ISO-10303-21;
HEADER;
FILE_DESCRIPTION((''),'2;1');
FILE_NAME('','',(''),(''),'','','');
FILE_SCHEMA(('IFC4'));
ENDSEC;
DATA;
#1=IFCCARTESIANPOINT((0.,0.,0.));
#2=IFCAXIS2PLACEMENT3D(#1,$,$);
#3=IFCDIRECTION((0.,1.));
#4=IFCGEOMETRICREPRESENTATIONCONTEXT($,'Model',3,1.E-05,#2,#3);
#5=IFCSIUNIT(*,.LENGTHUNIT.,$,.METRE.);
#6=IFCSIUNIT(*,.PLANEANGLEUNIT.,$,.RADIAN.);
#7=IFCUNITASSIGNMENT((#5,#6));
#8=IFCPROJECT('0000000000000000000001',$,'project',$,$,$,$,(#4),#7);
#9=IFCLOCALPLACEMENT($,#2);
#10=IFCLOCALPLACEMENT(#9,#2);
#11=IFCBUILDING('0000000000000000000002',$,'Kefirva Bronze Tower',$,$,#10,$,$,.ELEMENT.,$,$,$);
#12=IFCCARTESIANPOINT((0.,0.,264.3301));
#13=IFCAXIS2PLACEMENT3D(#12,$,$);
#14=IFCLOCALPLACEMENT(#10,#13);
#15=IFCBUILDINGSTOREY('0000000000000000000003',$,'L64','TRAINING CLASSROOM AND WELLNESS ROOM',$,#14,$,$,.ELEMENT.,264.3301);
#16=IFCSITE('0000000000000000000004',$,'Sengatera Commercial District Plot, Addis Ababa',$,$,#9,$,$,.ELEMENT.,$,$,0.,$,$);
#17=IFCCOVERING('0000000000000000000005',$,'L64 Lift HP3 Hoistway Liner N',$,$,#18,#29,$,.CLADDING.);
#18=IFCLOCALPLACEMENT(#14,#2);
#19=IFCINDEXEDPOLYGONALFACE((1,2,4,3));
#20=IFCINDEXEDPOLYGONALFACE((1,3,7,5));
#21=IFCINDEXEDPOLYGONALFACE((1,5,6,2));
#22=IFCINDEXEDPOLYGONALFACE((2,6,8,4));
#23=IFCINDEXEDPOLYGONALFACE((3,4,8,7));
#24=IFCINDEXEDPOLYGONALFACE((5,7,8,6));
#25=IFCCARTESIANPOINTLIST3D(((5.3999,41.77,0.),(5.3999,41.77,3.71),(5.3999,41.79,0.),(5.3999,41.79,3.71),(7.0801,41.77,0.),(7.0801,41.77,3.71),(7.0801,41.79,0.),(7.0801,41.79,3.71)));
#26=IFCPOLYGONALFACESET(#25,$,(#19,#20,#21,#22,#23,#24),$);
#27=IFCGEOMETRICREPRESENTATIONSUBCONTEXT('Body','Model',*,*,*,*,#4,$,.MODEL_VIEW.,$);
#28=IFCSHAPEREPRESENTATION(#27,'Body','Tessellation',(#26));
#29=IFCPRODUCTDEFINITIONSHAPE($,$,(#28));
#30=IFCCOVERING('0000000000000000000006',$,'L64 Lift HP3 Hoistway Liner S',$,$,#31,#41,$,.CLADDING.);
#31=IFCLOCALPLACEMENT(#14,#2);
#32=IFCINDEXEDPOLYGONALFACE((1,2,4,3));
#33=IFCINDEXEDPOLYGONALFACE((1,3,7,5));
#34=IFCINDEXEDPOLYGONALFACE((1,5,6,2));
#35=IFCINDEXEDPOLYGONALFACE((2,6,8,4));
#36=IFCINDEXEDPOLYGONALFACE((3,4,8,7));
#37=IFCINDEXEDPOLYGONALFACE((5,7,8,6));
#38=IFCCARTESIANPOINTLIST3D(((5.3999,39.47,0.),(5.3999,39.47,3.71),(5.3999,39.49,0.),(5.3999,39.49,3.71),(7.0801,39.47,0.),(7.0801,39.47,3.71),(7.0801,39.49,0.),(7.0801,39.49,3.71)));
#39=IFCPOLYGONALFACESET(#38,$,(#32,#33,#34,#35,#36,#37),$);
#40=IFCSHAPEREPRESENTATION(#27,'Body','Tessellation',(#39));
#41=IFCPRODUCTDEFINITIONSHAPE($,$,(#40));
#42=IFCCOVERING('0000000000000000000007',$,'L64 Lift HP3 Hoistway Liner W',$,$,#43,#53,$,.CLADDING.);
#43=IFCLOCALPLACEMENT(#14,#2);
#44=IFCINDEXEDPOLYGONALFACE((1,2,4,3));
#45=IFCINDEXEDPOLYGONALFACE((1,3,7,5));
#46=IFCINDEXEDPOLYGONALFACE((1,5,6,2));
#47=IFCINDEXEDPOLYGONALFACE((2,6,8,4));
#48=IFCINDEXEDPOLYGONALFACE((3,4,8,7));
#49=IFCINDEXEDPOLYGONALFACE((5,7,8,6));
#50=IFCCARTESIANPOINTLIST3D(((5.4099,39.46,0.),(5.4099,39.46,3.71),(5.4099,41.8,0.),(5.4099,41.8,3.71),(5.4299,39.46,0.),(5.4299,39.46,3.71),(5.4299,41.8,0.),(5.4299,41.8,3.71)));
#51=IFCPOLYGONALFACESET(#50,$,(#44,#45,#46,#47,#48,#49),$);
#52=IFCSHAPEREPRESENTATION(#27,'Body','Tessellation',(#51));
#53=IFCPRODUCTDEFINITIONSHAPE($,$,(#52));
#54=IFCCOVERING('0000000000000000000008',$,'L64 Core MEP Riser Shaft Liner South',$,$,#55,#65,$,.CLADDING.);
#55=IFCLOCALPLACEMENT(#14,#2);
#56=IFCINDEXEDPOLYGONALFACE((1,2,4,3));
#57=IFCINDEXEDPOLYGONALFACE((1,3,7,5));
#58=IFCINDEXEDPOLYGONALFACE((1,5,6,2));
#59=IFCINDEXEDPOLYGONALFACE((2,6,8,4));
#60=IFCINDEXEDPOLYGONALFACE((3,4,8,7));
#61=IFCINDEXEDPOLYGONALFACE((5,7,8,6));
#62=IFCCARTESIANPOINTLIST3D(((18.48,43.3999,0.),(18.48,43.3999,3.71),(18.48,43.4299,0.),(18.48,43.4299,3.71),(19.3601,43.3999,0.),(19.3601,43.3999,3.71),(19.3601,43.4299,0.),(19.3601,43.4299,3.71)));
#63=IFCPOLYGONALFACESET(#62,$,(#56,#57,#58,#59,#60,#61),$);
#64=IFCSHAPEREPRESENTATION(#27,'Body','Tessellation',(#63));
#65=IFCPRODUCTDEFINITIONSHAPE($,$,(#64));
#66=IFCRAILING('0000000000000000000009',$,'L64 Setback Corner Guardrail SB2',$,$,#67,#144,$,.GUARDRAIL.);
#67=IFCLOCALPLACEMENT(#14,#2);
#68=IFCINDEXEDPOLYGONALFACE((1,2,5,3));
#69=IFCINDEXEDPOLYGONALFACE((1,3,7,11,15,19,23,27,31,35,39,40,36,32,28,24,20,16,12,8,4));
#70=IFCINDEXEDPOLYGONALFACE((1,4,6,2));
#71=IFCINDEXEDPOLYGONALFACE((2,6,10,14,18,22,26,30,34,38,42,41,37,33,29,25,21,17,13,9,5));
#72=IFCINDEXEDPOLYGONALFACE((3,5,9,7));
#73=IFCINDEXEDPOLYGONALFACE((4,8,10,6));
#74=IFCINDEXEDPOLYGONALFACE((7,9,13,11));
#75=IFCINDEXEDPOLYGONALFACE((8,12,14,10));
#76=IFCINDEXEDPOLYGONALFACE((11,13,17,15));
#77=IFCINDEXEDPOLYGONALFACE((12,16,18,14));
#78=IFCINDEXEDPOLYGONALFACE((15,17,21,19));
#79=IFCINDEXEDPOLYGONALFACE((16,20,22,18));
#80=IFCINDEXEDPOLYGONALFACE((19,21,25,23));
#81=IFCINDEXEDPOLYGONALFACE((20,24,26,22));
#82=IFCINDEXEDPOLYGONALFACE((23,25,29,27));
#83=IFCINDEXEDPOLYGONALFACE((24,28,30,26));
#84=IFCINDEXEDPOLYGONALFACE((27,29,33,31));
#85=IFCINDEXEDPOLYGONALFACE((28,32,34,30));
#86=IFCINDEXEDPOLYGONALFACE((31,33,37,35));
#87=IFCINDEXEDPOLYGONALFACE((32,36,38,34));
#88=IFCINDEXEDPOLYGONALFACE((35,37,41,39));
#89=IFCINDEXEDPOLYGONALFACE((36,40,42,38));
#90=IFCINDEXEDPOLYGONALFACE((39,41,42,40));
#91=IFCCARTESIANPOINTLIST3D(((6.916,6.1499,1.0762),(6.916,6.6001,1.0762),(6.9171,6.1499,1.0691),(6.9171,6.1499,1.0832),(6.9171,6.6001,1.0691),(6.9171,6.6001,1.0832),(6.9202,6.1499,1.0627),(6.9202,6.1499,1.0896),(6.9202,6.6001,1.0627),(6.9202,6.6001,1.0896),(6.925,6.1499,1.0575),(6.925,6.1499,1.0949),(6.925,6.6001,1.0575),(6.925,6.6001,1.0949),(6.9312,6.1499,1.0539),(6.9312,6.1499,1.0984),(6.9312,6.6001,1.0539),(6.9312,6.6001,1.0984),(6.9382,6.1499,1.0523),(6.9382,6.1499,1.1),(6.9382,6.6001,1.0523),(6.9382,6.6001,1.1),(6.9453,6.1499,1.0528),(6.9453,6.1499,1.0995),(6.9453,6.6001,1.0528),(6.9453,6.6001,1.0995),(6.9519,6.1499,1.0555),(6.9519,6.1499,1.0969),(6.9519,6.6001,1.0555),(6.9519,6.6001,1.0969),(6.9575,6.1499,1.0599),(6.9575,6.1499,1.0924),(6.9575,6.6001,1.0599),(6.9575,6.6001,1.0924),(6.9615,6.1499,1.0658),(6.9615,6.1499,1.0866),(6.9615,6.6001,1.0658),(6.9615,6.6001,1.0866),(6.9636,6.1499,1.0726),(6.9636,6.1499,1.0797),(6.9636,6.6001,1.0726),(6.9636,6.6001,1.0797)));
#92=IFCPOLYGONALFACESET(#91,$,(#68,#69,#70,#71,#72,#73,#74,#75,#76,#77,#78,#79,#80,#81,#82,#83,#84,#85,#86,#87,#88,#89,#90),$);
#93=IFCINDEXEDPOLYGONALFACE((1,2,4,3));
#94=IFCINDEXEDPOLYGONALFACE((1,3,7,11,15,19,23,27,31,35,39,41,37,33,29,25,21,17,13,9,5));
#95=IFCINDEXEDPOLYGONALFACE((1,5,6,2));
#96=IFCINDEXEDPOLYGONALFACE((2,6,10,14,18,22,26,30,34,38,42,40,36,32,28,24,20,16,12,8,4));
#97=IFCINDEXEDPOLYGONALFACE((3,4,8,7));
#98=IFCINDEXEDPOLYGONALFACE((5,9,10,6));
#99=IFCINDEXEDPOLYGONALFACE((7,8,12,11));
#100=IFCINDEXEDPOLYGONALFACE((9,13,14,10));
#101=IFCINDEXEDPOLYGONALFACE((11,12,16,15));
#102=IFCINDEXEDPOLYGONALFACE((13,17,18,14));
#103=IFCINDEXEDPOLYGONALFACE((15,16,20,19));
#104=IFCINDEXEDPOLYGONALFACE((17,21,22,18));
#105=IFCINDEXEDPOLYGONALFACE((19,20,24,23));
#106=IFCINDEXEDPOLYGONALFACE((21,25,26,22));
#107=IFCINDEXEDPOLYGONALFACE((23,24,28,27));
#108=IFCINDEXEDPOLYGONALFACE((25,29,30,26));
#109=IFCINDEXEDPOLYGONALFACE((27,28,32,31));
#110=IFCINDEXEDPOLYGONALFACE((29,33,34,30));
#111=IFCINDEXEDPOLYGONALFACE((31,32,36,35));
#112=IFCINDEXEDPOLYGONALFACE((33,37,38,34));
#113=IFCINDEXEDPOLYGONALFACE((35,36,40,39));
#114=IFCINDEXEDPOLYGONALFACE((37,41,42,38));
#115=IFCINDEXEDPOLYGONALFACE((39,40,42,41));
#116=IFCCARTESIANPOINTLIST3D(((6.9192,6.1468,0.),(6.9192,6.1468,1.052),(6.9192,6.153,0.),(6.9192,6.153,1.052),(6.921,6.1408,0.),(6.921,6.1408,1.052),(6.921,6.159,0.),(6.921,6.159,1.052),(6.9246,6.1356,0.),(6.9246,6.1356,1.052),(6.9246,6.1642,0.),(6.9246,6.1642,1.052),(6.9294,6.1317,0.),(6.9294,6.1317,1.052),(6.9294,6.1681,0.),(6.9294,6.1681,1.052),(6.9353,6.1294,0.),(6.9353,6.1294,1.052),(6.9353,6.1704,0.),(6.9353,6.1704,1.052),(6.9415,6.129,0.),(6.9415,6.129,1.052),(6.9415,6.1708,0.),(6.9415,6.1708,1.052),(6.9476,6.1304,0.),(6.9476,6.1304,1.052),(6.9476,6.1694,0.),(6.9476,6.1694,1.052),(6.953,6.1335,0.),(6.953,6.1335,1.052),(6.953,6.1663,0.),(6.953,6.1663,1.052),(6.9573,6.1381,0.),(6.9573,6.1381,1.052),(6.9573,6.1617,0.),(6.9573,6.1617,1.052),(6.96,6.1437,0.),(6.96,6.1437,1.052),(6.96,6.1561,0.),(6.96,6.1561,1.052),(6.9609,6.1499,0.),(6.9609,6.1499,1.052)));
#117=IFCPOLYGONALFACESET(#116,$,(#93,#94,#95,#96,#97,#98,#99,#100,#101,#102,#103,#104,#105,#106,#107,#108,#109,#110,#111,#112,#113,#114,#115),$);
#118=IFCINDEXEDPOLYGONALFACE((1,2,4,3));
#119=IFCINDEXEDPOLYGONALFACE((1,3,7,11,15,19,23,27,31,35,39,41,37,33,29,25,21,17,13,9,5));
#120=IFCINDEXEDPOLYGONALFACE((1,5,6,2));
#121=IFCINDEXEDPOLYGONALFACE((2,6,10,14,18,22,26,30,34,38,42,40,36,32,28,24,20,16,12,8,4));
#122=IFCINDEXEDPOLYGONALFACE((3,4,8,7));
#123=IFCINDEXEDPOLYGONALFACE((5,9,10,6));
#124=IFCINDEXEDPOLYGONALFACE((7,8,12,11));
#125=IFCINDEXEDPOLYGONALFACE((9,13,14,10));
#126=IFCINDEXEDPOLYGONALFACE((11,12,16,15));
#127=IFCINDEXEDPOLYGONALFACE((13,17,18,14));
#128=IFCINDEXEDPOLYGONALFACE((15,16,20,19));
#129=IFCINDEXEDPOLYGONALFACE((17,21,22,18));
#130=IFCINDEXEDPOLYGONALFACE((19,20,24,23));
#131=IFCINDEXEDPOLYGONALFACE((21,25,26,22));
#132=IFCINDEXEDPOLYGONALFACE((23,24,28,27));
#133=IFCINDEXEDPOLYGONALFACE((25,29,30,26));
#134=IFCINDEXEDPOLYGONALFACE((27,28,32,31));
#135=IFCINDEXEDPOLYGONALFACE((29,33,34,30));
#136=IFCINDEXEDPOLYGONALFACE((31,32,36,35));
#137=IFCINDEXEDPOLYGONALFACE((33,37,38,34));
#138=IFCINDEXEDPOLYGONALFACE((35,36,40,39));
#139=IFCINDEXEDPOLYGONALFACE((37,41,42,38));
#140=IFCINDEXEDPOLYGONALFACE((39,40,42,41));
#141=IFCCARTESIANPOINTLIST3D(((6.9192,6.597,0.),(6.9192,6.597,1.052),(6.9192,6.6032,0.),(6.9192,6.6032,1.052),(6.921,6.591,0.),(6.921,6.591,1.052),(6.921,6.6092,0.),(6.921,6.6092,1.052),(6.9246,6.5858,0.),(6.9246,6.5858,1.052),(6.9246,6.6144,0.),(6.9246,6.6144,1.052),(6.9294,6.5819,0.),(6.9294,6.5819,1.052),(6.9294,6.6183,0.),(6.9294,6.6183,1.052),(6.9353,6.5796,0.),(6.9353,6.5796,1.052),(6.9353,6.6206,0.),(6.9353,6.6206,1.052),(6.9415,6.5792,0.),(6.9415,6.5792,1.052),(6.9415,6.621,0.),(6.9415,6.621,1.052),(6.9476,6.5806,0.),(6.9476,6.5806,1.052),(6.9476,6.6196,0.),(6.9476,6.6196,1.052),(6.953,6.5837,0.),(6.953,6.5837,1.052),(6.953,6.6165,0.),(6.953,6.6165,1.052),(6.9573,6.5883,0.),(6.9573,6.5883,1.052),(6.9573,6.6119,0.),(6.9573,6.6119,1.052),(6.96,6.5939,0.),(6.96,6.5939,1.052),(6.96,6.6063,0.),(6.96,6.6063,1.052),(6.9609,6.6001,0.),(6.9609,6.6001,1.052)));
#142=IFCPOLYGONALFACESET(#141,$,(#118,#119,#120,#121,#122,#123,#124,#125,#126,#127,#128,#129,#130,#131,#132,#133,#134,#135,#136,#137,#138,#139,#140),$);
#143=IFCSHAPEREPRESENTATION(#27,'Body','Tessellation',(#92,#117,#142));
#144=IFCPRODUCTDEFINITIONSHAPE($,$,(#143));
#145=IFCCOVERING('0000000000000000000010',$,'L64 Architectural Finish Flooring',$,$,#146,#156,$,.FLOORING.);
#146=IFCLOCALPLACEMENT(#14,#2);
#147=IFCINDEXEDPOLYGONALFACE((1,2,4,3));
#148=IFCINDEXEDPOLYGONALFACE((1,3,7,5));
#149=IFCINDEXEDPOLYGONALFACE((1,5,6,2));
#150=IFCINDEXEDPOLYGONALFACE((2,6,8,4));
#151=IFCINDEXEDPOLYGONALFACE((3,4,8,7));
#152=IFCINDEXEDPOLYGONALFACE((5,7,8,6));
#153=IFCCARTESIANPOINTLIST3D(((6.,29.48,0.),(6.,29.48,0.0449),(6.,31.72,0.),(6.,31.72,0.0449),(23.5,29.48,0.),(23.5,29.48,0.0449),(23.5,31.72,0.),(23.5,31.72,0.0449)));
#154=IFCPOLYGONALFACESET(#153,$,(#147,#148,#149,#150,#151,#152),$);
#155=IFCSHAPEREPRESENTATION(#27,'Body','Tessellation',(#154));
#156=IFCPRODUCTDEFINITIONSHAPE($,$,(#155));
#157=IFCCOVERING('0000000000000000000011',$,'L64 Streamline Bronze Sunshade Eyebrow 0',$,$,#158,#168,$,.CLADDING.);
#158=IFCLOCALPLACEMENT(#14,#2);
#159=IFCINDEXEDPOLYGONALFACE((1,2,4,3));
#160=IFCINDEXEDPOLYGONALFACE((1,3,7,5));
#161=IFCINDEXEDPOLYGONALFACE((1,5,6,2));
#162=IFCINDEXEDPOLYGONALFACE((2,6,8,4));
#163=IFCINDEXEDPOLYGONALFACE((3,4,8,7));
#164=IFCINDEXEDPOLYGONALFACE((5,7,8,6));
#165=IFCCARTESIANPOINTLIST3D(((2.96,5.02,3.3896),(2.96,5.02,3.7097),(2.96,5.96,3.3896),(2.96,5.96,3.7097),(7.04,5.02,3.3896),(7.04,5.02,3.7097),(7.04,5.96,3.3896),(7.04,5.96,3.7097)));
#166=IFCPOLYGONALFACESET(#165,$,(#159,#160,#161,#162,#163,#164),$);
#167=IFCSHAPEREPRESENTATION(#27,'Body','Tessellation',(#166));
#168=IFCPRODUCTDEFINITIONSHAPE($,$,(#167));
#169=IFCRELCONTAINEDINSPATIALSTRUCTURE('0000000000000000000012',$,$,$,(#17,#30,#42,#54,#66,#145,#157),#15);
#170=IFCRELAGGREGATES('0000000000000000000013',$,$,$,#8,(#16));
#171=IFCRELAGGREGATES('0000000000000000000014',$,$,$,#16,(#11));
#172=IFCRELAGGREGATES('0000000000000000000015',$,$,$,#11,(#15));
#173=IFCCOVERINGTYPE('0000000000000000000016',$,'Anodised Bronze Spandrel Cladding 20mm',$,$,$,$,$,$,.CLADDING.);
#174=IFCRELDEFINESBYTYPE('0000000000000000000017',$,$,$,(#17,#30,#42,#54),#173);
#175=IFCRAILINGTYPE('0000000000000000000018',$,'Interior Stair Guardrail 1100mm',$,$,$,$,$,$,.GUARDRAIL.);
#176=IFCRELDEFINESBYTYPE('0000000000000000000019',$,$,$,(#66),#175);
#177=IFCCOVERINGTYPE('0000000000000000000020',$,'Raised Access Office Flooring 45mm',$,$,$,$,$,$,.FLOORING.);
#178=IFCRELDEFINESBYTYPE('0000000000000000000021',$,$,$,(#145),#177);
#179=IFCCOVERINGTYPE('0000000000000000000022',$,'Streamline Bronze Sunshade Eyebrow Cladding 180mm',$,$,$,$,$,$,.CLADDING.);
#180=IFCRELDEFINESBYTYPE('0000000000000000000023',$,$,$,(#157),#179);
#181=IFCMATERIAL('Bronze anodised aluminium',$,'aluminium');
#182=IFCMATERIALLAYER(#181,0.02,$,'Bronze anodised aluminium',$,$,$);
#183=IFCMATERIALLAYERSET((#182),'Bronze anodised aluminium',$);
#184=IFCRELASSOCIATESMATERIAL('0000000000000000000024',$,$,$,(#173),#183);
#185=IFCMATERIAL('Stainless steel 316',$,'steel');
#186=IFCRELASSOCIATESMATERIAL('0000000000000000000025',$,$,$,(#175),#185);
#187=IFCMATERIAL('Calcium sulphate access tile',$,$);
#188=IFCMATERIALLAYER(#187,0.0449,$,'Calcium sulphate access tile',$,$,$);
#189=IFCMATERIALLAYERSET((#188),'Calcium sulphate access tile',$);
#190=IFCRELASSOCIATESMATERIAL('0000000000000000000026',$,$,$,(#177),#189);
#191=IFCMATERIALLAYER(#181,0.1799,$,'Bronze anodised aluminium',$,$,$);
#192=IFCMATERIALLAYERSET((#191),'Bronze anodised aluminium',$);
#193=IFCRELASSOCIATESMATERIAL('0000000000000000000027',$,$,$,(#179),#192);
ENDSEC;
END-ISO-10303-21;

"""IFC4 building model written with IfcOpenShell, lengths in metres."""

from ifc_helpers import new_model, si_unit, direction, frame, origin, origin_2d, place, context, subcontext, project, spatial, polyline, rectangle, circle, outline, extrude, material, layer, layer_set, type_object, element, save


model = new_model("IFC4")

# Units and contexts
model_context = context("Model", 3, precision=1e-05, world=origin(), true_north=direction((0.0, 1.0)))
body_context = subcontext(model_context, "Body", "Model", "MODEL_VIEW")
ifc_project = project(units=[si_unit("LENGTHUNIT", "METRE"), si_unit("PLANEANGLEUNIT", "RADIAN")], contexts=[model_context])

# Site, building, storey
site_placement = place(None, origin())
site = spatial("IfcSite", under=ifc_project, at=site_placement, Name="Sengatera Commercial District Plot, Addis Ababa", CompositionType="ELEMENT", RefElevation=0.0)
building_placement = place(site_placement, origin())
building = spatial("IfcBuilding", under=site, at=building_placement, Name="Kefirva Bronze Tower", CompositionType="ELEMENT")
storey_placement = place(building_placement, frame((0.0, 0.0, 264.3301)))
storey = spatial("IfcBuildingStorey", under=building, at=storey_placement, Name="L64", Description="TRAINING CLASSROOM AND WELLNESS ROOM", CompositionType="ELEMENT", Elevation=264.3301)

# Coverings
ifc_material_1 = material(Name="Bronze anodised aluminium", Category="aluminium")
ifc_layer_1 = layer(ifc_material_1, 0.02, Name="Bronze anodised aluminium")
ifc_layer_set_1 = layer_set([ifc_layer_1], Name="Bronze anodised aluminium")
covering_type_1 = type_object("IfcCoveringType", Name="Anodised Bronze Spandrel Cladding 20mm", PredefinedType="CLADDING", material=ifc_layer_set_1)
covering_1_placement = place(storey_placement, origin())
element("IfcCovering", 1, at=covering_1_placement, inside=storey, type_object=covering_type_1, Name="L64 Lift HP3 Hoistway Liner N", PredefinedType="CLADDING", context=body_context, shape_type="SweptSolid", body=[
    extrude(outline(polyline([(5.3999, 41.77), (7.0801, 41.77), (7.0801, 41.79), (5.3999, 41.79), (5.3999, 41.77)])), origin(), (0.0, 0.0, 1.0), 3.71),
])
covering_2_placement = place(storey_placement, origin())
element("IfcCovering", 2, at=covering_2_placement, inside=storey, type_object=covering_type_1, Name="L64 Lift HP3 Hoistway Liner S", PredefinedType="CLADDING", context=body_context, shape_type="SweptSolid", body=[
    extrude(outline(polyline([(5.3999, 39.47), (7.0801, 39.47), (7.0801, 39.49), (5.3999, 39.49), (5.3999, 39.47)])), origin(), (0.0, 0.0, 1.0), 3.71),
])
covering_3_placement = place(storey_placement, origin())
element("IfcCovering", 3, at=covering_3_placement, inside=storey, type_object=covering_type_1, Name="L64 Lift HP3 Hoistway Liner W", PredefinedType="CLADDING", context=body_context, shape_type="SweptSolid", body=[
    extrude(outline(polyline([(5.4099, 39.46), (5.4299, 39.46), (5.4299, 41.8), (5.4099, 41.8), (5.4099, 39.46)])), origin(), (0.0, 0.0, 1.0), 3.71),
])
covering_4_placement = place(storey_placement, origin())
element("IfcCovering", 4, at=covering_4_placement, inside=storey, type_object=covering_type_1, Name="L64 Core MEP Riser Shaft Liner South", PredefinedType="CLADDING", context=body_context, shape_type="SweptSolid", body=[
    extrude(outline(polyline([(18.48, 43.3999), (19.3601, 43.3999), (19.3601, 43.4299), (18.48, 43.4299), (18.48, 43.3999)])), origin(), (0.0, 0.0, 1.0), 3.71),
])

# Railing
ifc_material_2 = material(Name="Stainless steel 316", Category="steel")
railing_type = type_object("IfcRailingType", Name="Interior Stair Guardrail 1100mm", PredefinedType="GUARDRAIL", material=ifc_material_2)
railing_placement = place(storey_placement, frame((6.9399, 6.1499, 0.0)))
element("IfcRailing", 5, at=railing_placement, inside=storey, type_object=railing_type, Name="L64 Setback Corner Guardrail SB2", PredefinedType="GUARDRAIL", context=body_context, shape_type="SweptSolid", body=[
    extrude(circle(Radius=0.0239, at=origin_2d()), frame((0.0, 0.0, 1.0762), z_axis=(0.0, 1.0, 0.0), x_axis=(-1.0, 0.0, 0.0)), (0.0, 0.0, 1.0), 0.4502),
    extrude(circle(Radius=0.021, at=origin_2d()), origin(), (0.0, 0.0, 1.0), 1.052),
    extrude(circle(Radius=0.021, at=origin_2d()), frame((0.0, 0.4502, 0.0)), (0.0, 0.0, 1.0), 1.052),
])

# Coverings
ifc_material_3 = material(Name="Calcium sulphate access tile")
ifc_layer_2 = layer(ifc_material_3, 0.0449, Name="Calcium sulphate access tile")
ifc_layer_set_2 = layer_set([ifc_layer_2], Name="Calcium sulphate access tile")
covering_type_2 = type_object("IfcCoveringType", Name="Raised Access Office Flooring 45mm", PredefinedType="FLOORING", material=ifc_layer_set_2)
covering_5_placement = place(storey_placement, origin())
element("IfcCovering", 6, at=covering_5_placement, inside=storey, type_object=covering_type_2, Name="L64 Architectural Finish Flooring", PredefinedType="FLOORING", context=body_context, shape_type="SweptSolid", body=[
    extrude(outline(polyline([(6.0, 29.48), (23.5, 29.48), (23.5, 31.72), (6.0, 31.72), (6.0, 29.48)])), origin(), (0.0, 0.0, 1.0), 0.0449),
])
ifc_layer_3 = layer(ifc_material_1, 0.1799, Name="Bronze anodised aluminium")
ifc_layer_set_3 = layer_set([ifc_layer_3], Name="Bronze anodised aluminium")
covering_type_3 = type_object("IfcCoveringType", Name="Streamline Bronze Sunshade Eyebrow Cladding 180mm", PredefinedType="CLADDING", material=ifc_layer_set_3)
covering_6_placement = place(storey_placement, frame((5.0, 5.49, 3.3896), z_axis=(0.0, 0.0, 1.0), x_axis=(1.0, 0.0, 0.0)))
element("IfcCovering", 7, at=covering_6_placement, inside=storey, type_object=covering_type_3, Name="L64 Streamline Bronze Sunshade Eyebrow 0", PredefinedType="CLADDING", context=body_context, shape_type="SweptSolid", body=[
    extrude(rectangle(XDim=4.0801, YDim=0.9399, at=origin_2d()), origin(), (0.0, 0.0, 1.0), 0.3201),
])

save(model, "model.ifc")
